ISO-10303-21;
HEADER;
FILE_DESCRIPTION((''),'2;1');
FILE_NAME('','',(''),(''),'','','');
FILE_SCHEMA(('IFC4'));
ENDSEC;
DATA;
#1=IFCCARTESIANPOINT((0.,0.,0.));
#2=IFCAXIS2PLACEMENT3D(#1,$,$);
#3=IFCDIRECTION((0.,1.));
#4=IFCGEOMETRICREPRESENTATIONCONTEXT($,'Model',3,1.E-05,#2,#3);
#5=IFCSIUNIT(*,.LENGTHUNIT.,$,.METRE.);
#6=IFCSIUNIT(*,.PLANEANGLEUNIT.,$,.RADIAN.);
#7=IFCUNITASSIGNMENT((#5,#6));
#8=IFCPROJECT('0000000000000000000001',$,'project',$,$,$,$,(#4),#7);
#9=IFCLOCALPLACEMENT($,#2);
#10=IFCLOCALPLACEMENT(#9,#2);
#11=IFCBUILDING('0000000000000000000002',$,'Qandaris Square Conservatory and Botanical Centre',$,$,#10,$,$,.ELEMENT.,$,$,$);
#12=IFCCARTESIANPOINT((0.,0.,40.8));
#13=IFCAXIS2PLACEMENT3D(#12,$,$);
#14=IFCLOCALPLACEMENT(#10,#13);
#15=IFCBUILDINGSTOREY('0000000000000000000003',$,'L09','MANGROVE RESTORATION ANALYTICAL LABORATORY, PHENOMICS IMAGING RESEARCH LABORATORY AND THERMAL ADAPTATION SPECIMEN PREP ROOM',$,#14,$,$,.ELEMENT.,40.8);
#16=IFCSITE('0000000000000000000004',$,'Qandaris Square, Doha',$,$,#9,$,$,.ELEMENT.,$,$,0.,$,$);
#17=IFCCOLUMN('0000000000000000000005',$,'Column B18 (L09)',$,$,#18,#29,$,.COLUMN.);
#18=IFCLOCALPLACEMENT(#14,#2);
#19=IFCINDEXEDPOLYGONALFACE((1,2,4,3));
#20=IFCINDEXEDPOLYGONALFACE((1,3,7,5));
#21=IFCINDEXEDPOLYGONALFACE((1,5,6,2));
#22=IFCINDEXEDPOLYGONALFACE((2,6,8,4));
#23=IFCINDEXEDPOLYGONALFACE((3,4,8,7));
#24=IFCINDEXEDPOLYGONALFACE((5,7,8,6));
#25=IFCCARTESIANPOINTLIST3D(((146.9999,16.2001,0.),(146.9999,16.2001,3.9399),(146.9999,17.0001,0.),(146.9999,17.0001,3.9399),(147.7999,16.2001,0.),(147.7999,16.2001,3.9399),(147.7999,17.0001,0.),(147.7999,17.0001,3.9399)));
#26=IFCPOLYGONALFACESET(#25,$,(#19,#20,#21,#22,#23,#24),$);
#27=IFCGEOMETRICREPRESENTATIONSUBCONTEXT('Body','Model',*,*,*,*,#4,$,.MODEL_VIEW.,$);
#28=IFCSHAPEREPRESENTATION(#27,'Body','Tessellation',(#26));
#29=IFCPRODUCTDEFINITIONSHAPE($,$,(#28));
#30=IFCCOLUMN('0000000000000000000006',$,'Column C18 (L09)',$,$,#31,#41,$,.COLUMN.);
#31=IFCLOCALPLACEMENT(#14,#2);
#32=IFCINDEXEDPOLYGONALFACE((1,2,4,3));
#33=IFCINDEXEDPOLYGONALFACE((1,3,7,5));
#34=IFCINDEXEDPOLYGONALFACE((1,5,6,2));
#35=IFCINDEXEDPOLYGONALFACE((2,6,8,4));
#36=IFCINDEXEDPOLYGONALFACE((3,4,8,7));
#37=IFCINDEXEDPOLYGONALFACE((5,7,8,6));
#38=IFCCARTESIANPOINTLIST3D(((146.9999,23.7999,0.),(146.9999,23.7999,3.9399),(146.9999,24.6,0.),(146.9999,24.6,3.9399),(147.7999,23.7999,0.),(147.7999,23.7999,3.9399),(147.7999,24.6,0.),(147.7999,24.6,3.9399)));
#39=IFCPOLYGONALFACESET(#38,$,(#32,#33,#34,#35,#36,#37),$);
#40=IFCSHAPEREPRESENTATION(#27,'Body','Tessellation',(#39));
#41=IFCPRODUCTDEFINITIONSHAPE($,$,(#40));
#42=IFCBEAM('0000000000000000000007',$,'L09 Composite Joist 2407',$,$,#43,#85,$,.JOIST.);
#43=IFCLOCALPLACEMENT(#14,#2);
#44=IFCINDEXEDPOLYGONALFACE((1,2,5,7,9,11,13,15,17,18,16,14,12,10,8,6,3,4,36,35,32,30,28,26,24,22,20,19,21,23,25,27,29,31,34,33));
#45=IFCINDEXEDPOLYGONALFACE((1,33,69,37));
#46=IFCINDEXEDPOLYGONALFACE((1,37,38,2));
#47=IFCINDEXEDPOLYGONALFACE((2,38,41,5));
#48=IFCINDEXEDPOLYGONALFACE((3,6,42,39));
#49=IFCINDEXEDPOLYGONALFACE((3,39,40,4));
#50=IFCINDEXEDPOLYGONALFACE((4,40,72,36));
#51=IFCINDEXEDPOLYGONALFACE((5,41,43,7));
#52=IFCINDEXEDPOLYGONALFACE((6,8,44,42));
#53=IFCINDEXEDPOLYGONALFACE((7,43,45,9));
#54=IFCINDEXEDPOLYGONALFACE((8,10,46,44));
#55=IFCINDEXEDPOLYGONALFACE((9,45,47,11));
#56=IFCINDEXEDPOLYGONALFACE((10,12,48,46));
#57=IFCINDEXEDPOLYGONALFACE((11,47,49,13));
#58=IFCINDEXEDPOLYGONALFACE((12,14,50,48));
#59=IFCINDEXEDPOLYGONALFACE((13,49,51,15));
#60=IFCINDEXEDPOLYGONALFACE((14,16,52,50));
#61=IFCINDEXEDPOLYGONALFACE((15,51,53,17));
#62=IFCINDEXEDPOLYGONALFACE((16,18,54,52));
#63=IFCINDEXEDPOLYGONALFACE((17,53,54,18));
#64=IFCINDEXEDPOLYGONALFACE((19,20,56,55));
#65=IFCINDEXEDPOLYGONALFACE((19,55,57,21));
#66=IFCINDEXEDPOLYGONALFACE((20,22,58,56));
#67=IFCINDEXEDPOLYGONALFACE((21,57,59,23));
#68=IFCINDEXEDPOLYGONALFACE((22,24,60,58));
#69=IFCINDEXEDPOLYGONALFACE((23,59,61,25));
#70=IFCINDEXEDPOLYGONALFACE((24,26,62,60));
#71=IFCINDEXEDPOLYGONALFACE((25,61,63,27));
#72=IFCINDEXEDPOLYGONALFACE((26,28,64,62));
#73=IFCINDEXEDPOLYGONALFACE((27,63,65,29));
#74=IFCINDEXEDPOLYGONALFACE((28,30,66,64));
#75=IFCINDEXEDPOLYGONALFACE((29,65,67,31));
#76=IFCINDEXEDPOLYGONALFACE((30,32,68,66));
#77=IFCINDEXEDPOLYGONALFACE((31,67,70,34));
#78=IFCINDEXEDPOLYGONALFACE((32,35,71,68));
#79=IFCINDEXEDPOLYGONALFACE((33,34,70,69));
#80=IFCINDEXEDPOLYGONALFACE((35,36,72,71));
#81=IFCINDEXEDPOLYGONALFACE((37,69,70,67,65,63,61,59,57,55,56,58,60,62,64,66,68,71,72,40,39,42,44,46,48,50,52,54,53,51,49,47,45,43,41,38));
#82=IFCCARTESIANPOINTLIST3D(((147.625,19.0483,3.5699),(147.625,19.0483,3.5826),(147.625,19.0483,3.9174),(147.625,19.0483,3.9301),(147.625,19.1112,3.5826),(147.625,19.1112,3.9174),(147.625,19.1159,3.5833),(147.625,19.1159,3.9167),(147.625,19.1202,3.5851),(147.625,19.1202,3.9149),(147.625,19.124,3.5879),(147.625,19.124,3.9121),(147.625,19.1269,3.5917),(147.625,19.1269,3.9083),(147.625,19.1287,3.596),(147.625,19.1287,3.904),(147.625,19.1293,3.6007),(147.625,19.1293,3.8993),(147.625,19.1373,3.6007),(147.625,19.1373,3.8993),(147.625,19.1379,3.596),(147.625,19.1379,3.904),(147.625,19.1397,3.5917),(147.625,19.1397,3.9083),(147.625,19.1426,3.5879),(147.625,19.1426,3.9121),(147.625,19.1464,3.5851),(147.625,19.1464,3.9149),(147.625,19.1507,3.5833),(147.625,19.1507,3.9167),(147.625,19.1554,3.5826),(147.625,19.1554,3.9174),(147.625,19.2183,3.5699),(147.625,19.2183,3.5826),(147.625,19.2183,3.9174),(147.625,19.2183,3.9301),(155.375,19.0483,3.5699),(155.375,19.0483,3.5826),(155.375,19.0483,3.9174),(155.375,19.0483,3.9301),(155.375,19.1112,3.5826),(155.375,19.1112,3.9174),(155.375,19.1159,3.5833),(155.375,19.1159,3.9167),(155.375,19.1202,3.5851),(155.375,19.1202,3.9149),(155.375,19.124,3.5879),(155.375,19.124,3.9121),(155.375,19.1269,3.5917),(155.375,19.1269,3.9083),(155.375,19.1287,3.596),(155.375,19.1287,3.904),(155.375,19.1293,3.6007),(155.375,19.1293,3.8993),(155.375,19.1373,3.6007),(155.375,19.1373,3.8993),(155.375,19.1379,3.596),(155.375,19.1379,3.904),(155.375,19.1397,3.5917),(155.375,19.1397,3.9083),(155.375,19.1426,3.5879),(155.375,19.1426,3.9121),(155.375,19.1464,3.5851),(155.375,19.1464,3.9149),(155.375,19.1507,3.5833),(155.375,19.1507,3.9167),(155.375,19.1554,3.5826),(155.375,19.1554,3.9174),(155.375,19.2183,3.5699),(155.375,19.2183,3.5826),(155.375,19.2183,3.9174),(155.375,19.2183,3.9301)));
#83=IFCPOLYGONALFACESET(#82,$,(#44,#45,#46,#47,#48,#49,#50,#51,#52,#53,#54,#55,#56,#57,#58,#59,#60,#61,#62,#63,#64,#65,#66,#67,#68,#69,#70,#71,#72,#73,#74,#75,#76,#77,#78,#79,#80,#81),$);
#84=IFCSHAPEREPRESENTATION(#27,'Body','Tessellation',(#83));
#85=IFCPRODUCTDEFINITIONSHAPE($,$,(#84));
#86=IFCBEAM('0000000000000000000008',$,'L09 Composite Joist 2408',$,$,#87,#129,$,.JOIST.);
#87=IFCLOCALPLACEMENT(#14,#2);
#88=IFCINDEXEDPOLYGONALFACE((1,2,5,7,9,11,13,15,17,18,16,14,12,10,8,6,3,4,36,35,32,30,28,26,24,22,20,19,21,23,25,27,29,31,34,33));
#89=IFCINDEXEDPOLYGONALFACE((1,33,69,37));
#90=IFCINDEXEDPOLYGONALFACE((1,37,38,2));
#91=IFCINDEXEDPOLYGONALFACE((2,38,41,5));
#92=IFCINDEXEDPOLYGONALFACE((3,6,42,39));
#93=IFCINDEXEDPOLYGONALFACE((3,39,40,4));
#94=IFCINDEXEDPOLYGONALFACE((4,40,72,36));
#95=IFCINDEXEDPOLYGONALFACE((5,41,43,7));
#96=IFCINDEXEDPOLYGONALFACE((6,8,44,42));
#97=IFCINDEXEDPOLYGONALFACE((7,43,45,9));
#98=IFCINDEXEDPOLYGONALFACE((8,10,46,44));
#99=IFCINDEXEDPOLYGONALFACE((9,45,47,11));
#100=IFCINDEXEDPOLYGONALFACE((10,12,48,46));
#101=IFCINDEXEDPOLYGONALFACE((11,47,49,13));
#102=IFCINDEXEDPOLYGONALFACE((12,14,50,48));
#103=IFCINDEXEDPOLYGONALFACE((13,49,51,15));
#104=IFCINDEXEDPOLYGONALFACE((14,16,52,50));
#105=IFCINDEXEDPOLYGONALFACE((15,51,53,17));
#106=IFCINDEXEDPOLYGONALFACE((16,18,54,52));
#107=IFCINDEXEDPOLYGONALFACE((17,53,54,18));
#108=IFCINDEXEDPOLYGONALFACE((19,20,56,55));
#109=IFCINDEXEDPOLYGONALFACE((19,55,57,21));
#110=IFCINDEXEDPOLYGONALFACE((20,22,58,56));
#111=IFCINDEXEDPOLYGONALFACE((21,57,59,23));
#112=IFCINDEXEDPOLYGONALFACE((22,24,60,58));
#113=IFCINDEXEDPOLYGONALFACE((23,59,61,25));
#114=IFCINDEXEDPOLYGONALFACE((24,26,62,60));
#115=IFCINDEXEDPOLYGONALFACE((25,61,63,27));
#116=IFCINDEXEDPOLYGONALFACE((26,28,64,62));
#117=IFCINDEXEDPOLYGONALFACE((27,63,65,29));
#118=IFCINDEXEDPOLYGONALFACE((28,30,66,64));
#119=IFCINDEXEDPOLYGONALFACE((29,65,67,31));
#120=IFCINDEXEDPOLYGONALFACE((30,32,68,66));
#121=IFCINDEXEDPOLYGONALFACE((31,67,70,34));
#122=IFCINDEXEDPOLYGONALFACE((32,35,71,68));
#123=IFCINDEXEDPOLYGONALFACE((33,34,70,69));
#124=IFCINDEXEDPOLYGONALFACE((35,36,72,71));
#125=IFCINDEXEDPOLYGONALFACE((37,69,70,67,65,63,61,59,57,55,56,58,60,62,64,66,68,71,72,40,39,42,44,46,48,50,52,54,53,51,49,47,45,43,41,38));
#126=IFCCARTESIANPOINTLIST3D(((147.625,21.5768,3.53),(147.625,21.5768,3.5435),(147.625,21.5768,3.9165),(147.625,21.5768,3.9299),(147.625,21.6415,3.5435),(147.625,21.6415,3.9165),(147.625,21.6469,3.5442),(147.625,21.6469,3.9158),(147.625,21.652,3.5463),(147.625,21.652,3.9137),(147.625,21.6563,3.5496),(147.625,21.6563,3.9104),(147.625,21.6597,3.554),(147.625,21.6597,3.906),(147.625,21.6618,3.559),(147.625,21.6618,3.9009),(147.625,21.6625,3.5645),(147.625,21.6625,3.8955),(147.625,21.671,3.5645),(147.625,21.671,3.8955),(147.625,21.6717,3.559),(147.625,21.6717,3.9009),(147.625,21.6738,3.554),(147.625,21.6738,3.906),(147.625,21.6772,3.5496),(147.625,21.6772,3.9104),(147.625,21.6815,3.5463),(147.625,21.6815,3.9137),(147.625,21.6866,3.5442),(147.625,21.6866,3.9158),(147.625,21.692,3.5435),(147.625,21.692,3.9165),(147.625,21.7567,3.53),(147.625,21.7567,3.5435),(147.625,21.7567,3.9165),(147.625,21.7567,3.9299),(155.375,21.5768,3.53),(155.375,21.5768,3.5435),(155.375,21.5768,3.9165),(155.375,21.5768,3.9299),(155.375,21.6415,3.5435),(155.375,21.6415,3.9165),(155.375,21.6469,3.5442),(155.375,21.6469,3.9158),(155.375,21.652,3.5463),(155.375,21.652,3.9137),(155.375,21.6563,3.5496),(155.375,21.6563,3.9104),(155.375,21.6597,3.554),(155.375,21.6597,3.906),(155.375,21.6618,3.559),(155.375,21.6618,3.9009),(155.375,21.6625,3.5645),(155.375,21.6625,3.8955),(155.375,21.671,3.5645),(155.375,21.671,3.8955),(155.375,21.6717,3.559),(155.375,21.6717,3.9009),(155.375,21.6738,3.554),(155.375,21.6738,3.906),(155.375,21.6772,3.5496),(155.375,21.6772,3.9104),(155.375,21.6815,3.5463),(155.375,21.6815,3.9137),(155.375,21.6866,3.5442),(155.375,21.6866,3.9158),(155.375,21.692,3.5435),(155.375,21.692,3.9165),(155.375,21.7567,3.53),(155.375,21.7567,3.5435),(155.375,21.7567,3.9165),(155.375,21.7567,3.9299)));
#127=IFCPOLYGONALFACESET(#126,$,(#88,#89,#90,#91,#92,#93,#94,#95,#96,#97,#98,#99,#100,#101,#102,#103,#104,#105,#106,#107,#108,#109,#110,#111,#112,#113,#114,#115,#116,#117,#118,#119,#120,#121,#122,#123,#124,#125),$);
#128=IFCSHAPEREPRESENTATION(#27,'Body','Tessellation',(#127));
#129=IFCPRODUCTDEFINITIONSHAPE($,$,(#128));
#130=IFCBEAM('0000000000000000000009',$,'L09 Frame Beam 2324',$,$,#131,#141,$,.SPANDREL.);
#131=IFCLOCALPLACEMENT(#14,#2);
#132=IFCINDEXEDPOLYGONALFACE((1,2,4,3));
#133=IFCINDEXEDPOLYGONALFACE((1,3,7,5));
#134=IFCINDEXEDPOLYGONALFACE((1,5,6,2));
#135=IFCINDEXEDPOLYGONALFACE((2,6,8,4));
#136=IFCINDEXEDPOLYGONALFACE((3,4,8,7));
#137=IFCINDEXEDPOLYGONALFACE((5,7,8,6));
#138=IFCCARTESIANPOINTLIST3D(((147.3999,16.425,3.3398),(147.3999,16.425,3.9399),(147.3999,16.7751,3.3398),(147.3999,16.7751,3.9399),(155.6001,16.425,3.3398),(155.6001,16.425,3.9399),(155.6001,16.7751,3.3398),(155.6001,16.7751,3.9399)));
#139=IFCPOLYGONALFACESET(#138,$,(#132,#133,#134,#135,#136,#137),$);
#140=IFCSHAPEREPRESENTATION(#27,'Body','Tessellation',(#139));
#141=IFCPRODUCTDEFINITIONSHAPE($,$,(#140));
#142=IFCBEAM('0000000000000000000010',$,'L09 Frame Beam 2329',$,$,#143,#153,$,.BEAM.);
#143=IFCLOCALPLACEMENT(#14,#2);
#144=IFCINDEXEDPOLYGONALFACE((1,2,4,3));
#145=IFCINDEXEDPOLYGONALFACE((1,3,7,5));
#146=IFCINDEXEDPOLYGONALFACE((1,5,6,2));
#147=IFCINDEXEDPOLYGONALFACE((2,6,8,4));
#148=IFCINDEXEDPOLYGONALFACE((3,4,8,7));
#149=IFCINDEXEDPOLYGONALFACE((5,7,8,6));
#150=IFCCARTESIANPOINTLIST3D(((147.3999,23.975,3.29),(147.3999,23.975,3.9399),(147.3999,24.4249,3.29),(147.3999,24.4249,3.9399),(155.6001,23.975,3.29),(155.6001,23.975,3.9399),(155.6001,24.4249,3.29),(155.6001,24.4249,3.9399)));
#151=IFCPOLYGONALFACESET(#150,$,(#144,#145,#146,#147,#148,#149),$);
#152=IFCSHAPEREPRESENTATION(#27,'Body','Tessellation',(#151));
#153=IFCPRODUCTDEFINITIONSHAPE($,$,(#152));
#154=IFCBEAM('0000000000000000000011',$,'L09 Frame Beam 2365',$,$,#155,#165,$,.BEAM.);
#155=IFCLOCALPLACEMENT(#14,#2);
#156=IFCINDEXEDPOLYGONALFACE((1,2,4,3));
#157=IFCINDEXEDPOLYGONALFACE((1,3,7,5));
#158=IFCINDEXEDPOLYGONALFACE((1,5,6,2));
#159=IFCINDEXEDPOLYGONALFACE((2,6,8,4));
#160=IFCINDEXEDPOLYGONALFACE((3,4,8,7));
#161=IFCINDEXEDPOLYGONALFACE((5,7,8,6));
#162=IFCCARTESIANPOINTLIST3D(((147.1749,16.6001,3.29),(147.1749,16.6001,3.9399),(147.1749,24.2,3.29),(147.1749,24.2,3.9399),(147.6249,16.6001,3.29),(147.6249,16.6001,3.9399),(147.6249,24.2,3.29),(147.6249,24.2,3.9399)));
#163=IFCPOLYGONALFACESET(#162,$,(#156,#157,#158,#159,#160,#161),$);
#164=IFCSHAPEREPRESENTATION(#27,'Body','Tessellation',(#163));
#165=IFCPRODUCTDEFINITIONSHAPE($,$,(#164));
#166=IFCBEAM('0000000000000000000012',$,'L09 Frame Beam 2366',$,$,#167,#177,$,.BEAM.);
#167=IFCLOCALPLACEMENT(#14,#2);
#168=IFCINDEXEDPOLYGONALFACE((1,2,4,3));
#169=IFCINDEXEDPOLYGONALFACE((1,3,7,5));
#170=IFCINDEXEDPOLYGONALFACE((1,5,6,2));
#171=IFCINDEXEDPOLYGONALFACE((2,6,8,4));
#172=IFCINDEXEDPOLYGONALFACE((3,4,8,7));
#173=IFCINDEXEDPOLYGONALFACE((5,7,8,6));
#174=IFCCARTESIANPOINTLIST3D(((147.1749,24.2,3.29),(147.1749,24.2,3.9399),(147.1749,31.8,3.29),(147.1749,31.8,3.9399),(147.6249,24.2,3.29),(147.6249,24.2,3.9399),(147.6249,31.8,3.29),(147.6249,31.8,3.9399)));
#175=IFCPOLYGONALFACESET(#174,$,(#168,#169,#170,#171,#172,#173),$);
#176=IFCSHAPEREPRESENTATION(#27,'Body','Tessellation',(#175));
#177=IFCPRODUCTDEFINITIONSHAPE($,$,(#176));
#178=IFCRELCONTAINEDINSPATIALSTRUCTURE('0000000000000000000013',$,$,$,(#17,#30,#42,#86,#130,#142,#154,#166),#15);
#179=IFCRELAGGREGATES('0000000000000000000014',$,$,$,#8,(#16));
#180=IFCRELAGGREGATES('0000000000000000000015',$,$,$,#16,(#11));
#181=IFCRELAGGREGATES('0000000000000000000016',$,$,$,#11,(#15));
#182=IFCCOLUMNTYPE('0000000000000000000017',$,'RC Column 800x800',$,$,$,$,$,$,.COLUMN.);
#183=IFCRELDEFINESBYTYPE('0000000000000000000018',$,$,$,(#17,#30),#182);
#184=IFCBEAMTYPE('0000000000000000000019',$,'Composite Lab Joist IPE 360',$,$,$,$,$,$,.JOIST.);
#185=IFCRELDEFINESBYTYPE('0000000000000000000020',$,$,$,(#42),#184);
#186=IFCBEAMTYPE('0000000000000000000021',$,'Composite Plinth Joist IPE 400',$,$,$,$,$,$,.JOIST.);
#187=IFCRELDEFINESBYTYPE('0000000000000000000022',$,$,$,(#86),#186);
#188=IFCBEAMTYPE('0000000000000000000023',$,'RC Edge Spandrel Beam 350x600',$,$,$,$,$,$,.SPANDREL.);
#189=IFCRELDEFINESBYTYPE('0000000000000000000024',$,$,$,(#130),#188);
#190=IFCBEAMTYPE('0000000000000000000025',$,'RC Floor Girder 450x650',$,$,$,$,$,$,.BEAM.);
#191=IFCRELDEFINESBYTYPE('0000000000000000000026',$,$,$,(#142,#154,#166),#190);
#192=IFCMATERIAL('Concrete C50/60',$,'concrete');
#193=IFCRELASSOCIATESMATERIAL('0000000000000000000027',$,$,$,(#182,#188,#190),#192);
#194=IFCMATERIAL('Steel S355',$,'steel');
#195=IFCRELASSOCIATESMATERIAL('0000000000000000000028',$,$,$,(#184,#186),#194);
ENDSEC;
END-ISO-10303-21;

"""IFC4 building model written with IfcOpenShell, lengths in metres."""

from ifc_helpers import new_model, si_unit, direction, frame, origin, origin_2d, place, context, subcontext, project, spatial, rectangle, i_section, extrude, material, material_profile, profile_set, type_object, element, save


model = new_model("IFC4")

# Units and contexts
model_context = context("Model", 3, precision=1e-05, world=origin(), true_north=direction((0.0, 1.0)))
body_context = subcontext(model_context, "Body", "Model", "MODEL_VIEW")
ifc_project = project(units=[si_unit("LENGTHUNIT", "METRE"), si_unit("PLANEANGLEUNIT", "RADIAN")], contexts=[model_context])

# Site, building, storey
site_placement = place(None, origin())
site = spatial("IfcSite", under=ifc_project, at=site_placement, Name="Qandaris Square, Doha", CompositionType="ELEMENT", RefElevation=0.0)
building_placement = place(site_placement, origin())
building = spatial("IfcBuilding", under=site, at=building_placement, Name="Qandaris Square Conservatory and Botanical Centre", CompositionType="ELEMENT")
storey_placement = place(building_placement, frame((0.0, 0.0, 40.8)))
storey = spatial("IfcBuildingStorey", under=building, at=storey_placement, Name="L09", Description="MANGROVE RESTORATION ANALYTICAL LABORATORY, PHENOMICS IMAGING RESEARCH LABORATORY AND THERMAL ADAPTATION SPECIMEN PREP ROOM", CompositionType="ELEMENT", Elevation=40.8)

# Columns
ifc_material_1 = material(Name="Concrete C50/60", Category="concrete")
ifc_material_profile_1 = material_profile(ifc_material_1, rectangle(XDim=0.8, YDim=0.8, at=origin_2d()), Name="RC-COL 800x800")
ifc_profile_set_1 = profile_set([ifc_material_profile_1], Name="Concrete C50/60")
column_type = type_object("IfcColumnType", Name="RC Column 800x800", PredefinedType="COLUMN", material=ifc_profile_set_1)
for number, where, z_axis, x_axis, name in (
    (1, (147.3999, 16.6001, 0.0), (0.0, 0.0, 1.0), (1.0, 0.0, 0.0), "Column B18 (L09)"),
    (2, (147.3999, 24.2, 0.0), (0.0, 0.0, 1.0), (1.0, 0.0, 0.0), "Column C18 (L09)"),
):
    element("IfcColumn", number, at=place(storey_placement, frame(where, z_axis=z_axis, x_axis=x_axis)), inside=storey, type_object=column_type, Name=name, PredefinedType="COLUMN", context=body_context, shape_type="SweptSolid", body=[
        extrude(rectangle(XDim=0.8, YDim=0.8, at=origin_2d()), origin(), (0.0, 0.0, 1.0), 3.9399),
    ])

# Beams
ifc_material_2 = material(Name="Steel S355", Category="steel")
ifc_material_profile_2 = material_profile(ifc_material_2, i_section(OverallWidth=0.1699, OverallDepth=0.3601, WebThickness=0.0081, FlangeThickness=0.0127, FilletRadius=0.0181, at=origin_2d()), Name="IPE 360")
ifc_profile_set_2 = profile_set([ifc_material_profile_2], Name="Steel S355")
beam_type_1 = type_object("IfcBeamType", Name="Composite Lab Joist IPE 360", PredefinedType="JOIST", material=ifc_profile_set_2)
beam_1_placement = place(storey_placement, frame((147.625, 19.1333, 3.75), z_axis=(1.0, 0.0, 0.0), x_axis=(0.0, 1.0, 0.0)))
element("IfcBeam", 3, at=beam_1_placement, inside=storey, type_object=beam_type_1, Name="L09 Composite Joist 2407", PredefinedType="JOIST", context=body_context, shape_type="SweptSolid", body=[
    extrude(i_section(OverallWidth=0.1699, OverallDepth=0.3601, WebThickness=0.0081, FlangeThickness=0.0127, FilletRadius=0.0181, at=origin_2d()), origin(), (0.0, 0.0, 1.0), 7.75),
])
ifc_material_profile_3 = material_profile(ifc_material_2, i_section(OverallWidth=0.1799, OverallDepth=0.3999, WebThickness=0.0085, FlangeThickness=0.0134, FilletRadius=0.021, at=origin_2d()), Name="IPE 400")
ifc_profile_set_3 = profile_set([ifc_material_profile_3], Name="Steel S355")
beam_type_2 = type_object("IfcBeamType", Name="Composite Plinth Joist IPE 400", PredefinedType="JOIST", material=ifc_profile_set_3)
beam_2_placement = place(storey_placement, frame((147.625, 21.6667, 3.73), z_axis=(1.0, 0.0, 0.0), x_axis=(0.0, 1.0, 0.0)))
element("IfcBeam", 4, at=beam_2_placement, inside=storey, type_object=beam_type_2, Name="L09 Composite Joist 2408", PredefinedType="JOIST", context=body_context, shape_type="SweptSolid", body=[
    extrude(i_section(OverallWidth=0.1799, OverallDepth=0.3999, WebThickness=0.0085, FlangeThickness=0.0134, FilletRadius=0.021, at=origin_2d()), origin(), (0.0, 0.0, 1.0), 7.75),
])
ifc_material_profile_4 = material_profile(ifc_material_1, rectangle(XDim=0.3501, YDim=0.6001, at=origin_2d()), Name="RC-SP 350x600")
ifc_profile_set_4 = profile_set([ifc_material_profile_4], Name="Concrete C50/60")
beam_type_3 = type_object("IfcBeamType", Name="RC Edge Spandrel Beam 350x600", PredefinedType="SPANDREL", material=ifc_profile_set_4)
beam_3_placement = place(storey_placement, frame((147.3999, 16.6001, 3.6399), z_axis=(1.0, 0.0, 0.0), x_axis=(0.0, 1.0, 0.0)))
element("IfcBeam", 5, at=beam_3_placement, inside=storey, type_object=beam_type_3, Name="L09 Frame Beam 2324", PredefinedType="SPANDREL", context=body_context, shape_type="SweptSolid", body=[
    extrude(rectangle(XDim=0.3501, YDim=0.6001, at=origin_2d()), origin(), (0.0, 0.0, 1.0), 8.2002),
])
ifc_material_profile_5 = material_profile(ifc_material_1, rectangle(XDim=0.45, YDim=0.6499, at=origin_2d()), Name="RC-BM 450x650")
ifc_profile_set_5 = profile_set([ifc_material_profile_5], Name="Concrete C50/60")
beam_type_4 = type_object("IfcBeamType", Name="RC Floor Girder 450x650", PredefinedType="BEAM", material=ifc_profile_set_5)
beam_4_placement = place(storey_placement, frame((147.3999, 24.2, 3.615), z_axis=(1.0, 0.0, 0.0), x_axis=(0.0, 1.0, 0.0)))
element("IfcBeam", 6, at=beam_4_placement, inside=storey, type_object=beam_type_4, Name="L09 Frame Beam 2329", PredefinedType="BEAM", context=body_context, shape_type="SweptSolid", body=[
    extrude(rectangle(XDim=0.45, YDim=0.6499, at=origin_2d()), origin(), (0.0, 0.0, 1.0), 8.2002),
])
beam_5_placement = place(storey_placement, frame((147.3999, 16.6001, 3.615), z_axis=(0.0, 1.0, 0.0), x_axis=(-1.0, 0.0, 0.0)))
element("IfcBeam", 7, at=beam_5_placement, inside=storey, type_object=beam_type_4, Name="L09 Frame Beam 2365", PredefinedType="BEAM", context=body_context, shape_type="SweptSolid", body=[
    extrude(rectangle(XDim=0.45, YDim=0.6499, at=origin_2d()), origin(), (0.0, 0.0, 1.0), 7.5999),
])
beam_6_placement = place(storey_placement, frame((147.3999, 24.2, 3.615), z_axis=(0.0, 1.0, 0.0), x_axis=(-1.0, 0.0, 0.0)))
element("IfcBeam", 8, at=beam_6_placement, inside=storey, type_object=beam_type_4, Name="L09 Frame Beam 2366", PredefinedType="BEAM", context=body_context, shape_type="SweptSolid", body=[
    extrude(rectangle(XDim=0.45, YDim=0.6499, at=origin_2d()), origin(), (0.0, 0.0, 1.0), 7.6001),
])

save(model, "model.ifc")
